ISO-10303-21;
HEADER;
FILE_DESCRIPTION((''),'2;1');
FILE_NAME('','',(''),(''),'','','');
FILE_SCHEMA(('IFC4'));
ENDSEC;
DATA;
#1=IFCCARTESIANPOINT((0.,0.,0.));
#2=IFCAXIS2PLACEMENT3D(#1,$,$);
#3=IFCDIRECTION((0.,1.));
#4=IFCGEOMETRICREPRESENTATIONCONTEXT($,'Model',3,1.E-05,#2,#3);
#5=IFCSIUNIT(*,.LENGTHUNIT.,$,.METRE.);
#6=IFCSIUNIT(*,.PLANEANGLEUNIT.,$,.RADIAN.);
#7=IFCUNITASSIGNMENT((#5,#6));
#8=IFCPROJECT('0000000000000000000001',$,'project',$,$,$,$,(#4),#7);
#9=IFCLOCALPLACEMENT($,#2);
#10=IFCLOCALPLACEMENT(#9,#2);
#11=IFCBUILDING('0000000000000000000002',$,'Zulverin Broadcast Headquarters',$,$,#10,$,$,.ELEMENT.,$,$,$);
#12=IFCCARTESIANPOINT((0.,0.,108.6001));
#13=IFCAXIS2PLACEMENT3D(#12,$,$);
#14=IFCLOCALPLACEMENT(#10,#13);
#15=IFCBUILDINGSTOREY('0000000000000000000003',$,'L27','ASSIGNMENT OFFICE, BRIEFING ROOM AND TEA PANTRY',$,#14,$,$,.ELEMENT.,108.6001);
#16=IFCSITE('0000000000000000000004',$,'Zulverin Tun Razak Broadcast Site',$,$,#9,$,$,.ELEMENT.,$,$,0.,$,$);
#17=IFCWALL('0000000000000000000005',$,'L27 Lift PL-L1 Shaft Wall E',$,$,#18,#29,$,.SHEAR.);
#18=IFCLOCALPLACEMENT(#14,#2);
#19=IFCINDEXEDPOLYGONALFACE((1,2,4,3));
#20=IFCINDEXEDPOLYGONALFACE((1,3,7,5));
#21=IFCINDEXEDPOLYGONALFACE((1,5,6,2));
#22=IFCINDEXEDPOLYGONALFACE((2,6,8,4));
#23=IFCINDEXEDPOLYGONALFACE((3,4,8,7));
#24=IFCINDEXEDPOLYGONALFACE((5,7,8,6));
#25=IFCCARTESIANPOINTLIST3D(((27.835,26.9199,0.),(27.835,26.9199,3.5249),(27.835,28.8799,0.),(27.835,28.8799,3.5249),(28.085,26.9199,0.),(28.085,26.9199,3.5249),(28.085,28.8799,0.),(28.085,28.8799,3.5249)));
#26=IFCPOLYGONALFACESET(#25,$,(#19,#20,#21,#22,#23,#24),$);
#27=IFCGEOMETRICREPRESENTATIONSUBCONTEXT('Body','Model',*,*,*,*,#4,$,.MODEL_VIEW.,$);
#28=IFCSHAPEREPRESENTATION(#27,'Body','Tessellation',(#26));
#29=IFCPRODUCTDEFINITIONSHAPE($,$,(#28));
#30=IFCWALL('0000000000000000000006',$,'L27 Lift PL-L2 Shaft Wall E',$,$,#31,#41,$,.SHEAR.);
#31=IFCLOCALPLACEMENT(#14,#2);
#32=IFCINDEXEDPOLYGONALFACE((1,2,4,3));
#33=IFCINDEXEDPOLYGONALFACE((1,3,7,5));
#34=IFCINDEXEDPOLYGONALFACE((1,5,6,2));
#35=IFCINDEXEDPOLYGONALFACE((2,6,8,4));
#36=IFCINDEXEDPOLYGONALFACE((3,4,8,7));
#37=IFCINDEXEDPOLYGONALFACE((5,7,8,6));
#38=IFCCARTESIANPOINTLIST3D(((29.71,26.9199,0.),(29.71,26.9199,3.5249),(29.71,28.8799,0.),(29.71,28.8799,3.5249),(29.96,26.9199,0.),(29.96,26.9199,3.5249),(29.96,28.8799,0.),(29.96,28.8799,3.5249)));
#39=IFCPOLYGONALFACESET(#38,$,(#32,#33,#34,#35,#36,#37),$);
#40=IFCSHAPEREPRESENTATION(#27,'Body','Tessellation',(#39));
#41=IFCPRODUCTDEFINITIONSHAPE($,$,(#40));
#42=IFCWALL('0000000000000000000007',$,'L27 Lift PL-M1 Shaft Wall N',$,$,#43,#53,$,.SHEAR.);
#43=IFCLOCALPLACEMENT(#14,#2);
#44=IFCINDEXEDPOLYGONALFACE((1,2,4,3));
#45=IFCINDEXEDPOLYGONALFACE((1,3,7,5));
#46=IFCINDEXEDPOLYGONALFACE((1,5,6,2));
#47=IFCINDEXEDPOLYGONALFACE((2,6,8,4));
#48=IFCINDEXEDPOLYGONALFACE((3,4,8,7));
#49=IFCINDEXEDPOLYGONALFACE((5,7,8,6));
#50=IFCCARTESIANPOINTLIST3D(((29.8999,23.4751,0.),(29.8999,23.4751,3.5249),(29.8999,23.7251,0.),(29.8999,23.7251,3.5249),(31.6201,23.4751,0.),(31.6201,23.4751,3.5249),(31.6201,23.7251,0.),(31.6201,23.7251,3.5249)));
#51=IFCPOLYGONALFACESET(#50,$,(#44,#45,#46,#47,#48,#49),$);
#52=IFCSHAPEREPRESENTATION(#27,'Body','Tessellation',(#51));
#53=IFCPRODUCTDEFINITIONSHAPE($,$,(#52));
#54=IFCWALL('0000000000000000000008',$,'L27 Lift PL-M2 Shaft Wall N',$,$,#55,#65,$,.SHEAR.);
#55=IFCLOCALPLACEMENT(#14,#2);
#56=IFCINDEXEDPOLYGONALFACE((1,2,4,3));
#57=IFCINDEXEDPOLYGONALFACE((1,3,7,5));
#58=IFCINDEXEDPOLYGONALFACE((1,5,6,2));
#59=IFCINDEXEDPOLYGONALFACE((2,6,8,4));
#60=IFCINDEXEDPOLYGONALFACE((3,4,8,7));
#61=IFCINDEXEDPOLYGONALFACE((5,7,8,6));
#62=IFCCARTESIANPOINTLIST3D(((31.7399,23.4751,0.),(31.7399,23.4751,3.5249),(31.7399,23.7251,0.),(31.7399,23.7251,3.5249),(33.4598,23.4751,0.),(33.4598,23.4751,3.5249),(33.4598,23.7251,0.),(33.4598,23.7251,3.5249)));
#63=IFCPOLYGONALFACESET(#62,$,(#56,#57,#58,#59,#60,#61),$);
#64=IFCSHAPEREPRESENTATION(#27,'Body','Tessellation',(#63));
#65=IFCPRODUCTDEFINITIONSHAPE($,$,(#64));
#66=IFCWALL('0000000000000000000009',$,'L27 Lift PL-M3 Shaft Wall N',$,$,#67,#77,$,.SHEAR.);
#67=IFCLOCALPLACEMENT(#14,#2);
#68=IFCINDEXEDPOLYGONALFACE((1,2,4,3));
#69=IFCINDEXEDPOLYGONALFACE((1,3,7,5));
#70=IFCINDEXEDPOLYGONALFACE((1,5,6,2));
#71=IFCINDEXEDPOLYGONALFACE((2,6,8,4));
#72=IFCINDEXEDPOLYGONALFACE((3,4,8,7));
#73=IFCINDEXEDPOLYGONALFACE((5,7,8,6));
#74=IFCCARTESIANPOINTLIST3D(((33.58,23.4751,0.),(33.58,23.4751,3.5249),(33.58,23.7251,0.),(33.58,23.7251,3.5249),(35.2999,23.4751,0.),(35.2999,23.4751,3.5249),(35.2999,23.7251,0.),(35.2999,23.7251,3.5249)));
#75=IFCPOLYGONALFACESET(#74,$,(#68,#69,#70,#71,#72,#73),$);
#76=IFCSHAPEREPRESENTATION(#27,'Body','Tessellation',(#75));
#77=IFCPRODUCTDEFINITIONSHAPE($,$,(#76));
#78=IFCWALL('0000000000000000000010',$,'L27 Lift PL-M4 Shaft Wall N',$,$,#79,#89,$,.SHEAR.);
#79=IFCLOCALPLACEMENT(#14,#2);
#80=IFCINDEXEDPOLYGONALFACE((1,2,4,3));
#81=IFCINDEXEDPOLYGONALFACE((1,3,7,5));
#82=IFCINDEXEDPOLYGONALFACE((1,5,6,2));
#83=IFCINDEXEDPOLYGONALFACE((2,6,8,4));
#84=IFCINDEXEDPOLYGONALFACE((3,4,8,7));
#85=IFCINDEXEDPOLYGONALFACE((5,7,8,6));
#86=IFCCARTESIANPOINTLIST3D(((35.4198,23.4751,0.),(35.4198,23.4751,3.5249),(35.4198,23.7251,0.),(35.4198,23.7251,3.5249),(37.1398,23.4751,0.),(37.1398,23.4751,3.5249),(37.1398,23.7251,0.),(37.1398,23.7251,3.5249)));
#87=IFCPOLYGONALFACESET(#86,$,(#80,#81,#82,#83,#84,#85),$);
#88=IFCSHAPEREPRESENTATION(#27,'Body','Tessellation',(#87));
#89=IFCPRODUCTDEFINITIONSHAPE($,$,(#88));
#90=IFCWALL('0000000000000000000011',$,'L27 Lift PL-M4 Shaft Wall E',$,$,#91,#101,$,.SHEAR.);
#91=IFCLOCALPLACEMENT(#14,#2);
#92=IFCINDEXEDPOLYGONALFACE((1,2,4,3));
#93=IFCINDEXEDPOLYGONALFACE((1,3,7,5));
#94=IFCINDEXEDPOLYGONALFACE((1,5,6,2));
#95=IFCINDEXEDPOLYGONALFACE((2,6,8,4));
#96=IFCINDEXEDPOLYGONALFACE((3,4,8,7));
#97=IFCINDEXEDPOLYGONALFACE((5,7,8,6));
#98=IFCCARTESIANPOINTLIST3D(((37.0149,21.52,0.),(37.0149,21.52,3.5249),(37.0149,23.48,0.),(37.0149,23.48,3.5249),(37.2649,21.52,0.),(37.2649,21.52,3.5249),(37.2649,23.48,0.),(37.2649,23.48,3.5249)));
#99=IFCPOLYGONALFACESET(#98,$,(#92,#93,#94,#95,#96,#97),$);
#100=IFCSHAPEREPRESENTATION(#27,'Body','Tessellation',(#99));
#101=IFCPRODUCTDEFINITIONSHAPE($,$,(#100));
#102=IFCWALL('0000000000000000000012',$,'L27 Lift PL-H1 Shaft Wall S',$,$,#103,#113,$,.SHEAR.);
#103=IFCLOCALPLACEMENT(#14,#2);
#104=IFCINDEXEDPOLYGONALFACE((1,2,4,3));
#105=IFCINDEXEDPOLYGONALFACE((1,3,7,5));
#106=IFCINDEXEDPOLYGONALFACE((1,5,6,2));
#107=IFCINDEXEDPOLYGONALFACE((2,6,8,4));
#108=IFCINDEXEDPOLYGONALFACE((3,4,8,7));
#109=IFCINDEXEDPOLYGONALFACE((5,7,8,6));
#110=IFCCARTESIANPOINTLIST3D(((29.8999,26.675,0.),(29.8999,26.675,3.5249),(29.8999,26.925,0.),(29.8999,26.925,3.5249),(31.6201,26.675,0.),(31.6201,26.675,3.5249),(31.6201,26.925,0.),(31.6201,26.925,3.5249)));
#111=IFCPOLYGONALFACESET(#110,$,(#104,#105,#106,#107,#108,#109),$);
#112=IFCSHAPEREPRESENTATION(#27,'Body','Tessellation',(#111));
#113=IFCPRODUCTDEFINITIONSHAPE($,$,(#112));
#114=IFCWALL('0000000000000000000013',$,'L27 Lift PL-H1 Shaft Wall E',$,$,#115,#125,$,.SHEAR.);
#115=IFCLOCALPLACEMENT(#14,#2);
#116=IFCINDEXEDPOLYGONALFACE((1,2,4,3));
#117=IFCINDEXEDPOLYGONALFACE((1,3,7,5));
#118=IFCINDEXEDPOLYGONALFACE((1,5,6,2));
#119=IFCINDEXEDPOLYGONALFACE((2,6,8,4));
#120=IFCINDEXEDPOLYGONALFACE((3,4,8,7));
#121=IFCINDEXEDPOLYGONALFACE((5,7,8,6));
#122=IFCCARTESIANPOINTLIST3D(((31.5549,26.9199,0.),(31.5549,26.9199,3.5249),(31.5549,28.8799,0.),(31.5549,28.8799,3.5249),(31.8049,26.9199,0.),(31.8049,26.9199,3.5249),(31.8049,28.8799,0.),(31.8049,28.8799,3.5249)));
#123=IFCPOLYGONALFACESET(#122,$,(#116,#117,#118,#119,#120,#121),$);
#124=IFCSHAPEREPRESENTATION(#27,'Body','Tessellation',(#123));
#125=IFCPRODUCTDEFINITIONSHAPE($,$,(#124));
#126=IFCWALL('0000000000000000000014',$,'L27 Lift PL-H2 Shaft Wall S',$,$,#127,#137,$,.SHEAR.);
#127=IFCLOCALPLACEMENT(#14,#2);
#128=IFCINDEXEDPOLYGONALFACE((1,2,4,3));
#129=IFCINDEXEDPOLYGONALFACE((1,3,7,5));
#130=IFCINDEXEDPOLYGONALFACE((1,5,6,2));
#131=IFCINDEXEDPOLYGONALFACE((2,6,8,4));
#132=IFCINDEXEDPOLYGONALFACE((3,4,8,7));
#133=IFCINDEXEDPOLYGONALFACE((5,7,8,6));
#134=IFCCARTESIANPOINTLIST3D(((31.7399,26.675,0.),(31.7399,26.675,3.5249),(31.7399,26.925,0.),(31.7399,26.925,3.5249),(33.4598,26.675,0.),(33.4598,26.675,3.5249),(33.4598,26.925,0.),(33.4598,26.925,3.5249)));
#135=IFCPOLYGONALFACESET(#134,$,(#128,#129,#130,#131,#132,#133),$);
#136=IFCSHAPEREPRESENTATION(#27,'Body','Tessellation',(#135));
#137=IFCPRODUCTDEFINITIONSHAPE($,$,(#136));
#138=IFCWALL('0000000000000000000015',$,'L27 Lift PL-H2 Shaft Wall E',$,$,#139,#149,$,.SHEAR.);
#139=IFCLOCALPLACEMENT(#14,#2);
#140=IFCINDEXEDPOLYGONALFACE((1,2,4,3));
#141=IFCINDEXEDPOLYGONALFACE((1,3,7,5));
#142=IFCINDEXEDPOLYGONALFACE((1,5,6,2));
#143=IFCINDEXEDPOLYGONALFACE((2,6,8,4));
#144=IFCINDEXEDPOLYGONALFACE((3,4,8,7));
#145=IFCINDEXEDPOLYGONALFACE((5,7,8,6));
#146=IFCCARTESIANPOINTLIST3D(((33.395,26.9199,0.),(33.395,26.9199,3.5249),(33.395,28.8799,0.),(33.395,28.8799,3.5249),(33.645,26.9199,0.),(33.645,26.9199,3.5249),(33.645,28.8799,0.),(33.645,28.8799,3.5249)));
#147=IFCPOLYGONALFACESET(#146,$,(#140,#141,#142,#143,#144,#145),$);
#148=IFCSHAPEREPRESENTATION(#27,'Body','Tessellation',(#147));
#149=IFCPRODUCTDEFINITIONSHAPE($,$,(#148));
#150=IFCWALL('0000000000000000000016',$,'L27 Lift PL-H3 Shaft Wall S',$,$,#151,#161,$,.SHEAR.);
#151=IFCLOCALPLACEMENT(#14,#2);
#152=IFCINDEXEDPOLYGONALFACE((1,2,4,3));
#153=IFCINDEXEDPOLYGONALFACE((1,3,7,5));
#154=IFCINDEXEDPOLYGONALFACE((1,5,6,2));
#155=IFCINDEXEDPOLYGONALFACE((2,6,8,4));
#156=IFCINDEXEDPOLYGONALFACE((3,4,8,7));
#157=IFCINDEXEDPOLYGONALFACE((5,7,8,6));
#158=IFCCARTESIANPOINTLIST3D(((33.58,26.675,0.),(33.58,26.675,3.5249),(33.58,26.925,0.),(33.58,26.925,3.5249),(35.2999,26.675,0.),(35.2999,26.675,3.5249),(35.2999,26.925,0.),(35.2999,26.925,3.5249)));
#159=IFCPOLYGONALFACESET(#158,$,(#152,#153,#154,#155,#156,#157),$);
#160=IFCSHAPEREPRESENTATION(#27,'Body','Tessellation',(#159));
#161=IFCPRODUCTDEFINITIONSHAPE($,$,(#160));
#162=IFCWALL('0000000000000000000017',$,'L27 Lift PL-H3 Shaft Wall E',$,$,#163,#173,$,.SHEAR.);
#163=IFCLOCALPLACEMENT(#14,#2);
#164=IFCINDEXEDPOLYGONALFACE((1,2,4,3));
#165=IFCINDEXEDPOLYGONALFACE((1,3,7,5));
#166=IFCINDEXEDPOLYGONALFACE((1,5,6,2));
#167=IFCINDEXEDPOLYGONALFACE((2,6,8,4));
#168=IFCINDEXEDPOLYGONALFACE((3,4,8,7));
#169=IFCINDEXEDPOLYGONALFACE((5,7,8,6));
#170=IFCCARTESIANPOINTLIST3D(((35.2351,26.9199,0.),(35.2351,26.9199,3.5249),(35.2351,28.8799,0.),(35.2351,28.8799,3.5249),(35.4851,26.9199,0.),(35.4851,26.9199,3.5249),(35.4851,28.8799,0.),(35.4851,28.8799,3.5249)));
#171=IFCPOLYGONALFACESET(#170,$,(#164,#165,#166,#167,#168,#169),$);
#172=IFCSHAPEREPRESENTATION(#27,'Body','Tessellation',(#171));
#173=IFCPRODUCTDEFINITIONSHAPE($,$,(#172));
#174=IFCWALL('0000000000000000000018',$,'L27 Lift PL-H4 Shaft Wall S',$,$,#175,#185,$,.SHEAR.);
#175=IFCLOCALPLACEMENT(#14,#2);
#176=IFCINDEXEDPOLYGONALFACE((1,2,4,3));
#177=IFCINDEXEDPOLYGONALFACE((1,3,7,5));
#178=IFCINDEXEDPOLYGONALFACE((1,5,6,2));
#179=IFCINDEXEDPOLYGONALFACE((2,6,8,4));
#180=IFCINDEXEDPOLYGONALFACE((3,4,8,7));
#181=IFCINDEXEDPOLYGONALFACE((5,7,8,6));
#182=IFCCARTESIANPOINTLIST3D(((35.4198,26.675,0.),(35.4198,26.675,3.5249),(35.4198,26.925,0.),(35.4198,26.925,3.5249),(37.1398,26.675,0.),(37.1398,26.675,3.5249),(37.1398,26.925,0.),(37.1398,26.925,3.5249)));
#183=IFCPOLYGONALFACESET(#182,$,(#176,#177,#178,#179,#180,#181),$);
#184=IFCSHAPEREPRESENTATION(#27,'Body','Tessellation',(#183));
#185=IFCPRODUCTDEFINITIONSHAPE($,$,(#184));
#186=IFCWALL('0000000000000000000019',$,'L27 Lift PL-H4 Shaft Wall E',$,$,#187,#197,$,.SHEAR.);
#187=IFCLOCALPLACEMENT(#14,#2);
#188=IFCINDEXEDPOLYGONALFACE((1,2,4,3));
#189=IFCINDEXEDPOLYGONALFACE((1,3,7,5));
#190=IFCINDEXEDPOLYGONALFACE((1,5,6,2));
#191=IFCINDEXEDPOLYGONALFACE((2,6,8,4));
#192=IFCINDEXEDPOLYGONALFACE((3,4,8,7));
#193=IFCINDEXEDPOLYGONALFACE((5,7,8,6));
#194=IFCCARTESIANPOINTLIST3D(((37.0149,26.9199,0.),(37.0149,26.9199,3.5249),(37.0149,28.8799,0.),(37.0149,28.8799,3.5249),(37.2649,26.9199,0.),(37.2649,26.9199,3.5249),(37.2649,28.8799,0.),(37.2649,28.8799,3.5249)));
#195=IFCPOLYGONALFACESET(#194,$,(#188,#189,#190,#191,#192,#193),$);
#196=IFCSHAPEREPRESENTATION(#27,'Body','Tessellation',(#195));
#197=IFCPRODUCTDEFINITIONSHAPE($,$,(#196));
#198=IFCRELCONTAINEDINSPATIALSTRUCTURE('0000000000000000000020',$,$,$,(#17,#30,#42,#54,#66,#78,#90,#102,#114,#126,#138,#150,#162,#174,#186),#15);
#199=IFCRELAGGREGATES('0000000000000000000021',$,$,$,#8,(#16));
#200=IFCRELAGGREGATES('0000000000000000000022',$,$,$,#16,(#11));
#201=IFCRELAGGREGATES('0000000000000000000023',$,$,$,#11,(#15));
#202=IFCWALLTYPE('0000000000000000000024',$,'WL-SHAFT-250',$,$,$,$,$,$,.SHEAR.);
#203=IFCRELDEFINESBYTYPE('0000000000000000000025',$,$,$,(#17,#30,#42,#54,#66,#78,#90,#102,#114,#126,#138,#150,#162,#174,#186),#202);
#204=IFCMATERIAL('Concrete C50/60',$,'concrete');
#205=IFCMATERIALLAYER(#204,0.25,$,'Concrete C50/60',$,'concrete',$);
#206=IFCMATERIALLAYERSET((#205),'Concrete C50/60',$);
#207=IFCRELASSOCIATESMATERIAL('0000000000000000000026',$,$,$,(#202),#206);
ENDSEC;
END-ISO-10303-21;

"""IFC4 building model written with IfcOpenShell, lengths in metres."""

from ifc_helpers import new_model, si_unit, direction, frame, frame_2d, origin, place, context, subcontext, project, spatial, rectangle, extrude, material, layer, layer_set, type_object, element, save


model = new_model("IFC4")

# Units and contexts
model_context = context("Model", 3, precision=1e-05, world=origin(), true_north=direction((0.0, 1.0)))
body_context = subcontext(model_context, "Body", "Model", "MODEL_VIEW")
ifc_project = project(units=[si_unit("LENGTHUNIT", "METRE"), si_unit("PLANEANGLEUNIT", "RADIAN")], contexts=[model_context])

# Site, building, storey
site_placement = place(None, origin())
site = spatial("IfcSite", under=ifc_project, at=site_placement, Name="Zulverin Tun Razak Broadcast Site", CompositionType="ELEMENT", RefElevation=0.0)
building_placement = place(site_placement, origin())
building = spatial("IfcBuilding", under=site, at=building_placement, Name="Zulverin Broadcast Headquarters", CompositionType="ELEMENT")
storey_placement = place(building_placement, frame((0.0, 0.0, 108.6001)))
storey = spatial("IfcBuildingStorey", under=building, at=storey_placement, Name="L27", Description="ASSIGNMENT OFFICE, BRIEFING ROOM AND TEA PANTRY", CompositionType="ELEMENT", Elevation=108.6001)

# Wall
ifc_material_1 = material(Name="Concrete C50/60", Category="concrete")
ifc_layer = layer(ifc_material_1, 0.25, Name="Concrete C50/60", Category="concrete")
ifc_layer_set = layer_set([ifc_layer], Name="Concrete C50/60")
wall_type = type_object("IfcWallType", Name="WL-SHAFT-250", PredefinedType="SHEAR", material=ifc_layer_set)
wall_1_placement = place(storey_placement, frame((27.96, 26.9199, 0.0), z_axis=(0.0, 0.0, 1.0), x_axis=(0.0, 1.0, 0.0)))
element("IfcWall", 1, at=wall_1_placement, inside=storey, type_object=wall_type, Name="L27 Lift PL-L1 Shaft Wall E", PredefinedType="SHEAR", context=body_context, shape_type="SweptSolid", body=[
    extrude(rectangle(XDim=1.96, YDim=0.25, at=frame_2d((0.98, 0.0))), origin(), (0.0, 0.0, 1.0), 3.5249),
])

# Wall
wall_2_placement = place(storey_placement, frame((29.835, 26.9199, 0.0), z_axis=(0.0, 0.0, 1.0), x_axis=(0.0, 1.0, 0.0)))
element("IfcWall", 2, at=wall_2_placement, inside=storey, type_object=wall_type, Name="L27 Lift PL-L2 Shaft Wall E", PredefinedType="SHEAR", context=body_context, shape_type="SweptSolid", body=[
    extrude(rectangle(XDim=1.96, YDim=0.25, at=frame_2d((0.98, 0.0))), origin(), (0.0, 0.0, 1.0), 3.5249),
])

# Walls
wall_3_placement = place(storey_placement, frame((29.8999, 23.6001, 0.0), z_axis=(0.0, 0.0, 1.0), x_axis=(1.0, 0.0, 0.0)))
element("IfcWall", 3, at=wall_3_placement, inside=storey, type_object=wall_type, Name="L27 Lift PL-M1 Shaft Wall N", PredefinedType="SHEAR", context=body_context, shape_type="SweptSolid", body=[
    extrude(rectangle(XDim=1.7202, YDim=0.25, at=frame_2d((0.8601, 0.0))), origin(), (0.0, 0.0, 1.0), 3.5249),
])
for number, where, z_axis, x_axis, name in (
    (4, (31.74, 23.6001, 0.0), (0.0, 0.0, 1.0), (1.0, 0.0, 0.0), "L27 Lift PL-M2 Shaft Wall N"),
    (5, (33.5801, 23.6001, 0.0), (0.0, 0.0, 1.0), (1.0, 0.0, 0.0), "L27 Lift PL-M3 Shaft Wall N"),
    (6, (35.4199, 23.6001, 0.0), (0.0, 0.0, 1.0), (1.0, 0.0, 0.0), "L27 Lift PL-M4 Shaft Wall N"),
):
    element("IfcWall", number, at=place(storey_placement, frame(where, z_axis=z_axis, x_axis=x_axis)), inside=storey, type_object=wall_type, Name=name, PredefinedType="SHEAR", context=body_context, shape_type="SweptSolid", body=[
        extrude(rectangle(XDim=1.72, YDim=0.25, at=frame_2d((0.8599, 0.0))), origin(), (0.0, 0.0, 1.0), 3.5249),
    ])
wall_4_placement = place(storey_placement, frame((37.1399, 21.52, 0.0), z_axis=(0.0, 0.0, 1.0), x_axis=(0.0, 1.0, 0.0)))
element("IfcWall", 7, at=wall_4_placement, inside=storey, type_object=wall_type, Name="L27 Lift PL-M4 Shaft Wall E", PredefinedType="SHEAR", context=body_context, shape_type="SweptSolid", body=[
    extrude(rectangle(XDim=1.96, YDim=0.25, at=frame_2d((0.98, 0.0))), origin(), (0.0, 0.0, 1.0), 3.5249),
])
wall_5_placement = place(storey_placement, frame((29.8999, 26.8, 0.0), z_axis=(0.0, 0.0, 1.0), x_axis=(1.0, 0.0, 0.0)))
element("IfcWall", 8, at=wall_5_placement, inside=storey, type_object=wall_type, Name="L27 Lift PL-H1 Shaft Wall S", PredefinedType="SHEAR", context=body_context, shape_type="SweptSolid", body=[
    extrude(rectangle(XDim=1.7202, YDim=0.25, at=frame_2d((0.8601, 0.0))), origin(), (0.0, 0.0, 1.0), 3.5249),
])
wall_6_placement = place(storey_placement, frame((31.6799, 26.9199, 0.0), z_axis=(0.0, 0.0, 1.0), x_axis=(0.0, 1.0, 0.0)))
element("IfcWall", 9, at=wall_6_placement, inside=storey, type_object=wall_type, Name="L27 Lift PL-H1 Shaft Wall E", PredefinedType="SHEAR", context=body_context, shape_type="SweptSolid", body=[
    extrude(rectangle(XDim=1.96, YDim=0.25, at=frame_2d((0.98, 0.0))), origin(), (0.0, 0.0, 1.0), 3.5249),
])
wall_7_placement = place(storey_placement, frame((31.74, 26.8, 0.0), z_axis=(0.0, 0.0, 1.0), x_axis=(1.0, 0.0, 0.0)))
element("IfcWall", 10, at=wall_7_placement, inside=storey, type_object=wall_type, Name="L27 Lift PL-H2 Shaft Wall S", PredefinedType="SHEAR", context=body_context, shape_type="SweptSolid", body=[
    extrude(rectangle(XDim=1.72, YDim=0.25, at=frame_2d((0.8599, 0.0))), origin(), (0.0, 0.0, 1.0), 3.5249),
])
wall_8_placement = place(storey_placement, frame((33.52, 26.9199, 0.0), z_axis=(0.0, 0.0, 1.0), x_axis=(0.0, 1.0, 0.0)))
element("IfcWall", 11, at=wall_8_placement, inside=storey, type_object=wall_type, Name="L27 Lift PL-H2 Shaft Wall E", PredefinedType="SHEAR", context=body_context, shape_type="SweptSolid", body=[
    extrude(rectangle(XDim=1.96, YDim=0.25, at=frame_2d((0.98, 0.0))), origin(), (0.0, 0.0, 1.0), 3.5249),
])
wall_9_placement = place(storey_placement, frame((33.5801, 26.8, 0.0), z_axis=(0.0, 0.0, 1.0), x_axis=(1.0, 0.0, 0.0)))
element("IfcWall", 12, at=wall_9_placement, inside=storey, type_object=wall_type, Name="L27 Lift PL-H3 Shaft Wall S", PredefinedType="SHEAR", context=body_context, shape_type="SweptSolid", body=[
    extrude(rectangle(XDim=1.72, YDim=0.25, at=frame_2d((0.8599, 0.0))), origin(), (0.0, 0.0, 1.0), 3.5249),
])
wall_10_placement = place(storey_placement, frame((35.3601, 26.9199, 0.0), z_axis=(0.0, 0.0, 1.0), x_axis=(0.0, 1.0, 0.0)))
element("IfcWall", 13, at=wall_10_placement, inside=storey, type_object=wall_type, Name="L27 Lift PL-H3 Shaft Wall E", PredefinedType="SHEAR", context=body_context, shape_type="SweptSolid", body=[
    extrude(rectangle(XDim=1.96, YDim=0.25, at=frame_2d((0.98, 0.0))), origin(), (0.0, 0.0, 1.0), 3.5249),
])
wall_11_placement = place(storey_placement, frame((35.4199, 26.8, 0.0), z_axis=(0.0, 0.0, 1.0), x_axis=(1.0, 0.0, 0.0)))
element("IfcWall", 14, at=wall_11_placement, inside=storey, type_object=wall_type, Name="L27 Lift PL-H4 Shaft Wall S", PredefinedType="SHEAR", context=body_context, shape_type="SweptSolid", body=[
    extrude(rectangle(XDim=1.72, YDim=0.25, at=frame_2d((0.8599, 0.0))), origin(), (0.0, 0.0, 1.0), 3.5249),
])
wall_12_placement = place(storey_placement, frame((37.1399, 26.9199, 0.0), z_axis=(0.0, 0.0, 1.0), x_axis=(0.0, 1.0, 0.0)))
element("IfcWall", 15, at=wall_12_placement, inside=storey, type_object=wall_type, Name="L27 Lift PL-H4 Shaft Wall E", PredefinedType="SHEAR", context=body_context, shape_type="SweptSolid", body=[
    extrude(rectangle(XDim=1.96, YDim=0.25, at=frame_2d((0.98, 0.0))), origin(), (0.0, 0.0, 1.0), 3.5249),
])

save(model, "model.ifc")
